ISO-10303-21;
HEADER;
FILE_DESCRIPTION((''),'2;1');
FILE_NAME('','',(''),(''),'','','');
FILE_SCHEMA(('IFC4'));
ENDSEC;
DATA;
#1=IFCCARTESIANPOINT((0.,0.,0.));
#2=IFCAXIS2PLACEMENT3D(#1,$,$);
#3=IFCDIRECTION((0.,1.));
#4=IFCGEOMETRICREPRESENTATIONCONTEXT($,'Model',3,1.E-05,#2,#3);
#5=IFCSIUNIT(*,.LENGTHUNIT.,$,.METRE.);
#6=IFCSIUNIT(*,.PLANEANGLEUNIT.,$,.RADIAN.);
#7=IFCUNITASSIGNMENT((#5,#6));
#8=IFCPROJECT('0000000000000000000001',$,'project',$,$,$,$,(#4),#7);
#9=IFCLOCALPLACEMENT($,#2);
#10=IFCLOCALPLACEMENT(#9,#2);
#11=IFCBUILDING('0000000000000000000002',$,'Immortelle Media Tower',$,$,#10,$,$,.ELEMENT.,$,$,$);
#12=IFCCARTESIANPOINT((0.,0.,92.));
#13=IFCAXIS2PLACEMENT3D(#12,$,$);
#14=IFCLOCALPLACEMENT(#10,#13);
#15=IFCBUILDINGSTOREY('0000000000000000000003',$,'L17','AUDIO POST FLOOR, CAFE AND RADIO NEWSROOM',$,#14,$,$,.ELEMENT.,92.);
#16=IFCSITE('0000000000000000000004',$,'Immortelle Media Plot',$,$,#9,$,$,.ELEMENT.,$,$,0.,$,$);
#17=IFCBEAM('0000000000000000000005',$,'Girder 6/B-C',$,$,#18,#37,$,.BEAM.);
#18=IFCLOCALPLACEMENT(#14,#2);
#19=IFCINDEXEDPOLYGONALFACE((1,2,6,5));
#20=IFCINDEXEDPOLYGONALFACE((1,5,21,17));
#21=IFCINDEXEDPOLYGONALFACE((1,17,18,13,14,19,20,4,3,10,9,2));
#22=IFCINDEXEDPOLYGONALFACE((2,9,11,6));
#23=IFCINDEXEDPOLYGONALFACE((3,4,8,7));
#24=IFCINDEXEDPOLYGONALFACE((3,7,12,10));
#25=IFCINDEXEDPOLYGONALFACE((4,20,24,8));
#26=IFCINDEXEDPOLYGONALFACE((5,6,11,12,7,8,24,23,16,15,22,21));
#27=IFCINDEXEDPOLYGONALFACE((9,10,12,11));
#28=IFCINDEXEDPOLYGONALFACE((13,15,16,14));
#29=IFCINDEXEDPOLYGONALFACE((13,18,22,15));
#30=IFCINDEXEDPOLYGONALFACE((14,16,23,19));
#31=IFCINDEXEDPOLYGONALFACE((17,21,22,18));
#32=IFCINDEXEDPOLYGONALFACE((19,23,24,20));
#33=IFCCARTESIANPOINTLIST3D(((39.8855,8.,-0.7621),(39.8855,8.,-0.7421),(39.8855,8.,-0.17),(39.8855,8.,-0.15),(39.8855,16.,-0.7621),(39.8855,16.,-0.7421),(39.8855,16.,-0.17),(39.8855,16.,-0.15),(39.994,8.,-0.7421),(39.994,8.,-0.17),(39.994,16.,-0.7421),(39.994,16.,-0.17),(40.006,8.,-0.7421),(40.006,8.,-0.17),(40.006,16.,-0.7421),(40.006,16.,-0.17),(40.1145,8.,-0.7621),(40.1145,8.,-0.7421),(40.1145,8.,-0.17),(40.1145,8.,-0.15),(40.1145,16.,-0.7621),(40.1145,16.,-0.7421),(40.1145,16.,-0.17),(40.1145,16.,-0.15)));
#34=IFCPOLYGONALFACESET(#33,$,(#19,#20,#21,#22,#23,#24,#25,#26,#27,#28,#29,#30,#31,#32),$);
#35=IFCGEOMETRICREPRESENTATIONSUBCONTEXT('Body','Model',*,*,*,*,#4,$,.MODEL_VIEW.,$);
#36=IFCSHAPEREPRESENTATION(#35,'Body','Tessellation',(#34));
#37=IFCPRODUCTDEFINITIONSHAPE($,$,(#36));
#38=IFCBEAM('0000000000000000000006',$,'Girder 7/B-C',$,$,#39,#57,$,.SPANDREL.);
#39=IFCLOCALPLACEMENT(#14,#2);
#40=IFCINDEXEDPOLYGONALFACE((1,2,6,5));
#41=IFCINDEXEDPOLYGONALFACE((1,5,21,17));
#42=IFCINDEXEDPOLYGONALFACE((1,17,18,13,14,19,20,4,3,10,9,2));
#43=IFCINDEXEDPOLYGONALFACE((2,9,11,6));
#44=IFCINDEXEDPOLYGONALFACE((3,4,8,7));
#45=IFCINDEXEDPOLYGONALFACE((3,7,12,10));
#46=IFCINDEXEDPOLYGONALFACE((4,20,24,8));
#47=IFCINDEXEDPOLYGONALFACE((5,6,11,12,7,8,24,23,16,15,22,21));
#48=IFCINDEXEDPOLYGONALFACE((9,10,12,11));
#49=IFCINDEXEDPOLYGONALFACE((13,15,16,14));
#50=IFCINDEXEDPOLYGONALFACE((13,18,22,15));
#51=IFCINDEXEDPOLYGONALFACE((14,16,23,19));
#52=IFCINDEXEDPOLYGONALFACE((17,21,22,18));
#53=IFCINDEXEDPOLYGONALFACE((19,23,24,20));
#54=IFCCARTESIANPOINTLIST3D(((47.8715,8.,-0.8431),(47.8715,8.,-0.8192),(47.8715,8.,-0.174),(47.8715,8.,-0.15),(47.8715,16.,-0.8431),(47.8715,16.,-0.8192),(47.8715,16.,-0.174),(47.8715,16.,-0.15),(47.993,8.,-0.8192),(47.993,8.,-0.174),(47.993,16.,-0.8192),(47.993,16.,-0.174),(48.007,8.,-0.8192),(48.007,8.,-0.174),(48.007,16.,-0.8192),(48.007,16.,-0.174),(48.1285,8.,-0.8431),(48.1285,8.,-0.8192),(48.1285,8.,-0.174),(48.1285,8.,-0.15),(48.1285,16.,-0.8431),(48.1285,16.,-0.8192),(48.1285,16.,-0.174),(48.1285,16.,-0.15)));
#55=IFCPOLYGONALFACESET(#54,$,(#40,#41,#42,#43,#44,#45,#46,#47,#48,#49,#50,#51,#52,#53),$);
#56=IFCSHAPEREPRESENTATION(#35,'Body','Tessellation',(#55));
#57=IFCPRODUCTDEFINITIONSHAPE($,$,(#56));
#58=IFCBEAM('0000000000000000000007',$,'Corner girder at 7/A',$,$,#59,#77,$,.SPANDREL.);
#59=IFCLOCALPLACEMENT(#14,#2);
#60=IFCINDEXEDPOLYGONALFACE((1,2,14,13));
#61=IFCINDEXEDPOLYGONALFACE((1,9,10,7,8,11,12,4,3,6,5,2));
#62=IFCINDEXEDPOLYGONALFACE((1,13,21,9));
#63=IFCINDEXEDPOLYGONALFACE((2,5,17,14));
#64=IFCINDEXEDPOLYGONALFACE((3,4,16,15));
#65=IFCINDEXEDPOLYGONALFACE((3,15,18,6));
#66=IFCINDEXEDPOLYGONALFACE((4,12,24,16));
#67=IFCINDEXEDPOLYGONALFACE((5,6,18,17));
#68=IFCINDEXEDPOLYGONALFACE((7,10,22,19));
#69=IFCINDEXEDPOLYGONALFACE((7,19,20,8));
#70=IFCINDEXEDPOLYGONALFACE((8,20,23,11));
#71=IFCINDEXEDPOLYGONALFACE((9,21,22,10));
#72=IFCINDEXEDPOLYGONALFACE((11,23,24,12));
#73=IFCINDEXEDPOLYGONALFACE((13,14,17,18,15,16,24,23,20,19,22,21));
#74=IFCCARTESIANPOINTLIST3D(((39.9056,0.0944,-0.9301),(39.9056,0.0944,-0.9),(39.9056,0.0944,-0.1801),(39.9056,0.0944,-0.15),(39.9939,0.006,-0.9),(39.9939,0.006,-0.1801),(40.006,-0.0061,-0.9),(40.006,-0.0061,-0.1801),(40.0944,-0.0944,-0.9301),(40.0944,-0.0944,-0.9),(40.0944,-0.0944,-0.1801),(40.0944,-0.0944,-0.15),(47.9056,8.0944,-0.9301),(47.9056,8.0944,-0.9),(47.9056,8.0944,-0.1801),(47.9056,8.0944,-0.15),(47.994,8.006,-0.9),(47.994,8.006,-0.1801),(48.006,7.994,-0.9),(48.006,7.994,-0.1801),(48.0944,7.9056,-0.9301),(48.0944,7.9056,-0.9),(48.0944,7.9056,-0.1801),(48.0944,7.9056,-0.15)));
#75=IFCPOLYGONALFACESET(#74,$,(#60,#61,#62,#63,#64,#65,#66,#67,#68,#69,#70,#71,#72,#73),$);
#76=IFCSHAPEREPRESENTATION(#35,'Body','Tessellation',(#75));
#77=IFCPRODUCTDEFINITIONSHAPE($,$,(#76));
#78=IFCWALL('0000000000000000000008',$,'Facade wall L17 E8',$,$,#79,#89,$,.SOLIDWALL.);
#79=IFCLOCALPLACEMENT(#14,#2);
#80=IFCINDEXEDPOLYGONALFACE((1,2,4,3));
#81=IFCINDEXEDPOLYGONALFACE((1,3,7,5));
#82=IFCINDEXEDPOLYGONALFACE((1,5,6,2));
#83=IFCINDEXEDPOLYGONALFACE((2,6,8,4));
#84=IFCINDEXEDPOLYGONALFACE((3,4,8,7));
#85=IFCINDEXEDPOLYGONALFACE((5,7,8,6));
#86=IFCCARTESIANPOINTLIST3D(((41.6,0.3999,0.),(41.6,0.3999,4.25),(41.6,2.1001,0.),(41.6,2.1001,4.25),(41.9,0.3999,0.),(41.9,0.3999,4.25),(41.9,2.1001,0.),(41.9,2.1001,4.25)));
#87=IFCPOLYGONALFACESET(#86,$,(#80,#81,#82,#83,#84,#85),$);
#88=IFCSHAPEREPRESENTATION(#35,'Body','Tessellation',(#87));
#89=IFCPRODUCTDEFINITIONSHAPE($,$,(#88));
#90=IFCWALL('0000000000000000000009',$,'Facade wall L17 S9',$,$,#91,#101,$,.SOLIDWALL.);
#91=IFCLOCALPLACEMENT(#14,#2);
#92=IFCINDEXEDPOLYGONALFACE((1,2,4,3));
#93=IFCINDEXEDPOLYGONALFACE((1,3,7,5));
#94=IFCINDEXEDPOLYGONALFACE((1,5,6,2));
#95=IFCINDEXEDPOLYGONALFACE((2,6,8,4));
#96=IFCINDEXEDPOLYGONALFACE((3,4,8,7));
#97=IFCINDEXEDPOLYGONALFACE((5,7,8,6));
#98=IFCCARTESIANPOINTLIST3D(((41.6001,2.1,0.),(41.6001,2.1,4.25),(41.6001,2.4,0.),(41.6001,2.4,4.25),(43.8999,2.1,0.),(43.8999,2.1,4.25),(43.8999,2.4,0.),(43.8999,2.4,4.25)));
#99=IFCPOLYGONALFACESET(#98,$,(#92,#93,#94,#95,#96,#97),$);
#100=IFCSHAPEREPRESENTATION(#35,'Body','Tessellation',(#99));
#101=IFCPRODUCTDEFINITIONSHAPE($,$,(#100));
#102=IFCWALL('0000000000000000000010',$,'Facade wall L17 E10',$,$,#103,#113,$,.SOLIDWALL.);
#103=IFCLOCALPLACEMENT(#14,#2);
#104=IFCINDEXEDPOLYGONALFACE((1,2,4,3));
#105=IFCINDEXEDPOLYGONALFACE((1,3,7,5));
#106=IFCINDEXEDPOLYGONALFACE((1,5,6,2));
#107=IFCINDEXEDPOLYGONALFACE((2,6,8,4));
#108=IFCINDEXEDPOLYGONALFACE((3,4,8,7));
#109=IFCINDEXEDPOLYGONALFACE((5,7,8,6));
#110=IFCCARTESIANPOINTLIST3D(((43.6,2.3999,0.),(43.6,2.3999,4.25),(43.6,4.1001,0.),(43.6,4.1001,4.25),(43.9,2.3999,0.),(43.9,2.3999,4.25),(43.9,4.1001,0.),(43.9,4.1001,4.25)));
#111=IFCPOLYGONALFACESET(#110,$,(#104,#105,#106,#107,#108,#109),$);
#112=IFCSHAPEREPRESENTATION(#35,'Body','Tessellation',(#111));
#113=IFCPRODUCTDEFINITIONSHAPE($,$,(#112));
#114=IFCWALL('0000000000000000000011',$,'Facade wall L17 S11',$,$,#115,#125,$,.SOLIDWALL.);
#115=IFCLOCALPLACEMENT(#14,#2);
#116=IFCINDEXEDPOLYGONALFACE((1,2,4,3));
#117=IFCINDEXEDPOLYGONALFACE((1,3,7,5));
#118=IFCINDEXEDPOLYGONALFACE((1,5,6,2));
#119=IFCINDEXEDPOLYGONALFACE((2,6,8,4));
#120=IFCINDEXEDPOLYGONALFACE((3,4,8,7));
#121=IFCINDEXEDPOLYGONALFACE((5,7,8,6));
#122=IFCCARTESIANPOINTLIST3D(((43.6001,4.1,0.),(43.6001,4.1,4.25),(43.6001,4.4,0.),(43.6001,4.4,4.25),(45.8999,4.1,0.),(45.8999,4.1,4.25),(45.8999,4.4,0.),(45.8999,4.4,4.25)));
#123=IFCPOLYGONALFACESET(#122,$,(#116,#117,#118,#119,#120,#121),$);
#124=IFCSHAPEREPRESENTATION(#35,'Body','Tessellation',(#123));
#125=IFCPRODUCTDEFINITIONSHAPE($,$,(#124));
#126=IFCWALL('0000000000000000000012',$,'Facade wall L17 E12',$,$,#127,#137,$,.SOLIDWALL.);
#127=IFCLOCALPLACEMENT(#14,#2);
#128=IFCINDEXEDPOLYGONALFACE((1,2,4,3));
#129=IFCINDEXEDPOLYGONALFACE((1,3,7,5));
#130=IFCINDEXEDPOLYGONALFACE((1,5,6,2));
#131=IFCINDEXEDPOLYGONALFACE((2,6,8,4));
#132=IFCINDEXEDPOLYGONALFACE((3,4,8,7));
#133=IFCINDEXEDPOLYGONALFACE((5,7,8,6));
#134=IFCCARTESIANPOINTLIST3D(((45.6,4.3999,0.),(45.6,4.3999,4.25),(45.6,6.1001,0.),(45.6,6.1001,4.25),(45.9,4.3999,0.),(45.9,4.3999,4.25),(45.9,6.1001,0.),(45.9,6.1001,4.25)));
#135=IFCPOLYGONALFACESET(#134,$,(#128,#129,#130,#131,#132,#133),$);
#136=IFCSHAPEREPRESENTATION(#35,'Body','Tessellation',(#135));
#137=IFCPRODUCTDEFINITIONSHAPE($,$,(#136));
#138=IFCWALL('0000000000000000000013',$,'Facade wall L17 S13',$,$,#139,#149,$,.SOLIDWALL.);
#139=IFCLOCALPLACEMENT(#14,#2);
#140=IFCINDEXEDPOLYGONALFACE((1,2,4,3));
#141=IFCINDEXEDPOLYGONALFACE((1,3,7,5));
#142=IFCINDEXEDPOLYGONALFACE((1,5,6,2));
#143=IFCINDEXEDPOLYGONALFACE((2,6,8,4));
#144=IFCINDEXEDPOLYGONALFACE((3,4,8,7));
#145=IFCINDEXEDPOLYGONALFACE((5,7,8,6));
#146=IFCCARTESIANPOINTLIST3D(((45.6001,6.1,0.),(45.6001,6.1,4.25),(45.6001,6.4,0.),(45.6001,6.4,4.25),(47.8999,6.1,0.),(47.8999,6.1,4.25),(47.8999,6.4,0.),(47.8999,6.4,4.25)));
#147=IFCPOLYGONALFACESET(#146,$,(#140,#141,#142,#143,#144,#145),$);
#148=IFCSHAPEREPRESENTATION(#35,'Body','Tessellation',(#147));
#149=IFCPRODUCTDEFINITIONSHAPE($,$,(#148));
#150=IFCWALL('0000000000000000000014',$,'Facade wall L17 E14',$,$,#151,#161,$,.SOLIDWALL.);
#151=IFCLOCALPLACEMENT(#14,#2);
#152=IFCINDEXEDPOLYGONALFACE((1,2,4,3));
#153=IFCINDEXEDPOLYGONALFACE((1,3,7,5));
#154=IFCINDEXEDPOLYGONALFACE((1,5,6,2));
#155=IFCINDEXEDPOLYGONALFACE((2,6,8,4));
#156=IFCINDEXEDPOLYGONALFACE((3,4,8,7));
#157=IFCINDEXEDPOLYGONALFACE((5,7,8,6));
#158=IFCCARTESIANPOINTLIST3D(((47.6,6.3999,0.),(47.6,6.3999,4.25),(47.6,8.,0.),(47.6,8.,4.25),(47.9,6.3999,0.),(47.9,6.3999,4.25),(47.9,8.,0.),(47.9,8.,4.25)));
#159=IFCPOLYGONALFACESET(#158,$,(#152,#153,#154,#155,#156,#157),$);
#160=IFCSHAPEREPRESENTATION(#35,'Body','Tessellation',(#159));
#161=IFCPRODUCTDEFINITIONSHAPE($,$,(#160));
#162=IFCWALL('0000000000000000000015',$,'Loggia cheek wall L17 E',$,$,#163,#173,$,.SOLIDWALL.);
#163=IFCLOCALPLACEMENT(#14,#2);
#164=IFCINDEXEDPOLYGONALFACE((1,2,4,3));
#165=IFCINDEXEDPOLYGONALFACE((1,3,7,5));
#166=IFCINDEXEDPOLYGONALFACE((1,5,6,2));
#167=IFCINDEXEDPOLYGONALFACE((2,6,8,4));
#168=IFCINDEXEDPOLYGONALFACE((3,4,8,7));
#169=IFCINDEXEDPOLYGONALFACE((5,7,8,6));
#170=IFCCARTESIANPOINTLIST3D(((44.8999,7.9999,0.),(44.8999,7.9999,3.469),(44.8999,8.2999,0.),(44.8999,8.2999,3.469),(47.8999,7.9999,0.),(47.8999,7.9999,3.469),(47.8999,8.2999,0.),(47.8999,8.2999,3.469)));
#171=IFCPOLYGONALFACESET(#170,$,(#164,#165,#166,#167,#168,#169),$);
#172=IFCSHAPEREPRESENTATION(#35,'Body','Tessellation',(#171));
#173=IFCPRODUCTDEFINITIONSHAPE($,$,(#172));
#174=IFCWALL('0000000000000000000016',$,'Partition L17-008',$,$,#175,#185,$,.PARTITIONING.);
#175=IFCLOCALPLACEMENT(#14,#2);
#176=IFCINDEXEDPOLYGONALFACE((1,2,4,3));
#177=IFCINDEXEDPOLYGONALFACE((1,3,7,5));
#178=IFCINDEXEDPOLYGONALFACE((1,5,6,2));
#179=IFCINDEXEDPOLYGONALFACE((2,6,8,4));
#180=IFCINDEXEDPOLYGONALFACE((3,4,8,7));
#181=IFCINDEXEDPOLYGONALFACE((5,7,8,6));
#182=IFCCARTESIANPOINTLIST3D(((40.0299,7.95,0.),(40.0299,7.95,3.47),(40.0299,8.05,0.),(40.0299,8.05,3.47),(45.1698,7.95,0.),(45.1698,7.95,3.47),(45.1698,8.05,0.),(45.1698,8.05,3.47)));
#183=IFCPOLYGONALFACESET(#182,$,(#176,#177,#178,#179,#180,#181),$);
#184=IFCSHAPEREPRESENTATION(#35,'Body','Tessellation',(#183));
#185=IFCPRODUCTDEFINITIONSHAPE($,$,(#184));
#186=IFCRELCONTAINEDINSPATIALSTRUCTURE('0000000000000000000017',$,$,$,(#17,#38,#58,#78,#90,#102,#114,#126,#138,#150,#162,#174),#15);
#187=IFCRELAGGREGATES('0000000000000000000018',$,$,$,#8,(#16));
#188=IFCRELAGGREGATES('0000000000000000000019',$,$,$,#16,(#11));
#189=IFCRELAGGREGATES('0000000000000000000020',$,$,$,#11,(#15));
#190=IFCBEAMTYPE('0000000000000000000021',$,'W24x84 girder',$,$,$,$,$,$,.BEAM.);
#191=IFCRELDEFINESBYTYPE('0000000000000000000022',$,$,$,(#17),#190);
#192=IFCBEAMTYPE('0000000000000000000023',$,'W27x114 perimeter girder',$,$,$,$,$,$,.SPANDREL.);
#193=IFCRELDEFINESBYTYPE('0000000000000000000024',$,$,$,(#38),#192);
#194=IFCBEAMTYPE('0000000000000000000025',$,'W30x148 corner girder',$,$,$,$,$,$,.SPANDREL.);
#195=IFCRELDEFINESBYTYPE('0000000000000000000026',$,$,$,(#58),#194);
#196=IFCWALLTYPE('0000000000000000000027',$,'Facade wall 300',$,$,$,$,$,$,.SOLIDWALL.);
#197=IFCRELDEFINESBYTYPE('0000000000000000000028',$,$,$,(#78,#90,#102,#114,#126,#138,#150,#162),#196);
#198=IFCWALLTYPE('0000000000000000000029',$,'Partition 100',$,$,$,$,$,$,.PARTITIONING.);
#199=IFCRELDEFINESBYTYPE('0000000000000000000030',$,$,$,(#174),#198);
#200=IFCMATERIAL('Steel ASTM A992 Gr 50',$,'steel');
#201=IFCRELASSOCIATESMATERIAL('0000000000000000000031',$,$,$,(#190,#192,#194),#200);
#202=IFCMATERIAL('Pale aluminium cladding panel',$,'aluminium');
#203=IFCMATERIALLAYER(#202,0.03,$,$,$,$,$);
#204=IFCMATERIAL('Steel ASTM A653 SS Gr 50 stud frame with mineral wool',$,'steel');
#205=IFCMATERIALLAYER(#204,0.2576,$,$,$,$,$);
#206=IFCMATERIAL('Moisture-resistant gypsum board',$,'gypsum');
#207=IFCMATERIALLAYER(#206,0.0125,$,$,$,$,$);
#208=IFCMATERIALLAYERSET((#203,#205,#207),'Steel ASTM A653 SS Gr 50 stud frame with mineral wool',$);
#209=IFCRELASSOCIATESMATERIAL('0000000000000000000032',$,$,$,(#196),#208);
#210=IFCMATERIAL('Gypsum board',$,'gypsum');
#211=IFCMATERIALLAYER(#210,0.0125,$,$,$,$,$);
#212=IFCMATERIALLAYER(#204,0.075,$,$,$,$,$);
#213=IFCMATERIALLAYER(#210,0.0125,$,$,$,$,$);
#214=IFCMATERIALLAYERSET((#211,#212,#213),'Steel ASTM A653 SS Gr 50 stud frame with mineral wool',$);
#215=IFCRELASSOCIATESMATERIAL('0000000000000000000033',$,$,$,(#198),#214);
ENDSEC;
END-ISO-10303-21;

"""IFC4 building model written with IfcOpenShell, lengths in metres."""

from ifc_helpers import new_model, si_unit, direction, frame, frame_2d, origin, origin_2d, place, context, subcontext, project, spatial, rectangle, i_section, extrude, material, layer, layer_set, material_profile, profile_set, type_object, element, save


model = new_model("IFC4")

# Units and contexts
model_context = context("Model", 3, precision=1e-05, world=origin(), true_north=direction((0.0, 1.0)))
body_context = subcontext(model_context, "Body", "Model", "MODEL_VIEW")
ifc_project = project(units=[si_unit("LENGTHUNIT", "METRE"), si_unit("PLANEANGLEUNIT", "RADIAN")], contexts=[model_context])

# Site, building, storey
site_placement = place(None, origin())
site = spatial("IfcSite", under=ifc_project, at=site_placement, Name="Immortelle Media Plot", CompositionType="ELEMENT", RefElevation=0.0)
building_placement = place(site_placement, origin())
building = spatial("IfcBuilding", under=site, at=building_placement, Name="Immortelle Media Tower", CompositionType="ELEMENT")
storey_placement = place(building_placement, frame((0.0, 0.0, 92.0)))
storey = spatial("IfcBuildingStorey", under=building, at=storey_placement, Name="L17", Description="AUDIO POST FLOOR, CAFE AND RADIO NEWSROOM", CompositionType="ELEMENT", Elevation=92.0)

# Shared definitions
ifc_material_1 = material(Name="Steel ASTM A992 Gr 50", Category="steel")

# Beams
ifc_material_profile_1 = material_profile(ifc_material_1, i_section(OverallWidth=0.229, OverallDepth=0.6121, WebThickness=0.012, FlangeThickness=0.02, at=origin_2d()), Name="W24x84")
ifc_profile_set_1 = profile_set([ifc_material_profile_1], Name="Steel ASTM A992 Gr 50")
beam_type_1 = type_object("IfcBeamType", Name="W24x84 girder", PredefinedType="BEAM", material=ifc_profile_set_1)
for number, where, z_axis, x_axis, name in (
    (1, (40.0, 8.0, -0.4561), (0.0, 1.0, 0.0), (-1.0, 0.0, 0.0), "Girder 6/B-C"),
):
    element("IfcBeam", number, at=place(storey_placement, frame(where, z_axis=z_axis, x_axis=x_axis)), inside=storey, type_object=beam_type_1, Name=name, PredefinedType="BEAM", context=body_context, shape_type="SweptSolid", body=[
        extrude(i_section(OverallWidth=0.229, OverallDepth=0.6121, WebThickness=0.012, FlangeThickness=0.02, at=origin_2d()), origin(), (0.0, 0.0, 1.0), 8.0),
    ])
ifc_material_profile_2 = material_profile(ifc_material_1, i_section(OverallWidth=0.2571, OverallDepth=0.6931, WebThickness=0.0139, FlangeThickness=0.0239, at=origin_2d()), Name="W27x114")
ifc_profile_set_2 = profile_set([ifc_material_profile_2], Name="Steel ASTM A992 Gr 50")
beam_type_2 = type_object("IfcBeamType", Name="W27x114 perimeter girder", PredefinedType="SPANDREL", material=ifc_profile_set_2)
beam_1_placement = place(storey_placement, frame((48.0, 8.0, -0.4966), z_axis=(0.0, 1.0, 0.0), x_axis=(-1.0, 0.0, 0.0)))
element("IfcBeam", 2, at=beam_1_placement, inside=storey, type_object=beam_type_2, Name="Girder 7/B-C", PredefinedType="SPANDREL", context=body_context, shape_type="SweptSolid", body=[
    extrude(i_section(OverallWidth=0.2571, OverallDepth=0.6931, WebThickness=0.0139, FlangeThickness=0.0239, at=origin_2d()), origin(), (0.0, 0.0, 1.0), 8.0),
])
ifc_material_profile_3 = material_profile(ifc_material_1, i_section(OverallWidth=0.2671, OverallDepth=0.78, WebThickness=0.0171, FlangeThickness=0.03, at=origin_2d()), Name="W30x148")
ifc_profile_set_3 = profile_set([ifc_material_profile_3], Name="Steel ASTM A992 Gr 50")
beam_type_3 = type_object("IfcBeamType", Name="W30x148 corner girder", PredefinedType="SPANDREL", material=ifc_profile_set_3)
beam_2_placement = place(storey_placement, frame((48.0, 8.0, -0.54), z_axis=(-0.707107, -0.707107, 0.0), x_axis=(0.707107, -0.707107, 0.0)))
element("IfcBeam", 3, at=beam_2_placement, inside=storey, type_object=beam_type_3, Name="Corner girder at 7/A", PredefinedType="SPANDREL", context=body_context, shape_type="SweptSolid", body=[
    extrude(i_section(OverallWidth=0.2671, OverallDepth=0.78, WebThickness=0.0171, FlangeThickness=0.03, at=origin_2d()), origin(), (0.0, 0.0, 1.0), 11.3137),
])

# Walls
ifc_material_2 = material(Name="Pale aluminium cladding panel", Category="aluminium")
ifc_layer_1 = layer(ifc_material_2, 0.03)
ifc_material_3 = material(Name="Steel ASTM A653 SS Gr 50 stud frame with mineral wool", Category="steel")
ifc_layer_2 = layer(ifc_material_3, 0.2576)
ifc_material_4 = material(Name="Moisture-resistant gypsum board", Category="gypsum")
ifc_layer_3 = layer(ifc_material_4, 0.0125)
ifc_layer_set_1 = layer_set([ifc_layer_1, ifc_layer_2, ifc_layer_3], Name="Steel ASTM A653 SS Gr 50 stud frame with mineral wool")
wall_type_1 = type_object("IfcWallType", Name="Facade wall 300", PredefinedType="SOLIDWALL", material=ifc_layer_set_1)
wall_1_placement = place(storey_placement, frame((41.75, 0.3999, 0.0), z_axis=(0.0, 0.0, 1.0), x_axis=(0.0, 1.0, 0.0)))
element("IfcWall", 4, at=wall_1_placement, inside=storey, type_object=wall_type_1, Name="Facade wall L17 E8", PredefinedType="SOLIDWALL", context=body_context, shape_type="SweptSolid", body=[
    extrude(rectangle(XDim=1.7002, YDim=0.3, at=frame_2d((0.8501, 0.0))), origin(), (0.0, 0.0, 1.0), 4.25),
])
wall_2_placement = place(storey_placement, frame((41.6001, 2.25, 0.0), z_axis=(0.0, 0.0, 1.0), x_axis=(1.0, 0.0, 0.0)))
element("IfcWall", 5, at=wall_2_placement, inside=storey, type_object=wall_type_1, Name="Facade wall L17 S9", PredefinedType="SOLIDWALL", context=body_context, shape_type="SweptSolid", body=[
    extrude(rectangle(XDim=2.2998, YDim=0.3, at=frame_2d((1.1499, 0.0))), origin(), (0.0, 0.0, 1.0), 4.25),
])
wall_3_placement = place(storey_placement, frame((43.75, 2.3999, 0.0), z_axis=(0.0, 0.0, 1.0), x_axis=(0.0, 1.0, 0.0)))
element("IfcWall", 6, at=wall_3_placement, inside=storey, type_object=wall_type_1, Name="Facade wall L17 E10", PredefinedType="SOLIDWALL", context=body_context, shape_type="SweptSolid", body=[
    extrude(rectangle(XDim=1.7002, YDim=0.3, at=frame_2d((0.8501, 0.0))), origin(), (0.0, 0.0, 1.0), 4.25),
])
wall_4_placement = place(storey_placement, frame((43.6001, 4.25, 0.0), z_axis=(0.0, 0.0, 1.0), x_axis=(1.0, 0.0, 0.0)))
element("IfcWall", 7, at=wall_4_placement, inside=storey, type_object=wall_type_1, Name="Facade wall L17 S11", PredefinedType="SOLIDWALL", context=body_context, shape_type="SweptSolid", body=[
    extrude(rectangle(XDim=2.2998, YDim=0.3, at=frame_2d((1.1499, 0.0))), origin(), (0.0, 0.0, 1.0), 4.25),
])
wall_5_placement = place(storey_placement, frame((45.75, 4.3999, 0.0), z_axis=(0.0, 0.0, 1.0), x_axis=(0.0, 1.0, 0.0)))
element("IfcWall", 8, at=wall_5_placement, inside=storey, type_object=wall_type_1, Name="Facade wall L17 E12", PredefinedType="SOLIDWALL", context=body_context, shape_type="SweptSolid", body=[
    extrude(rectangle(XDim=1.7002, YDim=0.3, at=frame_2d((0.8501, 0.0))), origin(), (0.0, 0.0, 1.0), 4.25),
])
wall_6_placement = place(storey_placement, frame((45.6001, 6.25, 0.0), z_axis=(0.0, 0.0, 1.0), x_axis=(1.0, 0.0, 0.0)))
element("IfcWall", 9, at=wall_6_placement, inside=storey, type_object=wall_type_1, Name="Facade wall L17 S13", PredefinedType="SOLIDWALL", context=body_context, shape_type="SweptSolid", body=[
    extrude(rectangle(XDim=2.2998, YDim=0.3, at=frame_2d((1.1499, 0.0))), origin(), (0.0, 0.0, 1.0), 4.25),
])
wall_7_placement = place(storey_placement, frame((47.75, 6.3999, 0.0), z_axis=(0.0, 0.0, 1.0), x_axis=(0.0, 1.0, 0.0)))
element("IfcWall", 10, at=wall_7_placement, inside=storey, type_object=wall_type_1, Name="Facade wall L17 E14", PredefinedType="SOLIDWALL", context=body_context, shape_type="SweptSolid", body=[
    extrude(rectangle(XDim=1.6001, YDim=0.3, at=frame_2d((0.8, 0.0))), origin(), (0.0, 0.0, 1.0), 4.25),
])

# Walls
wall_8_placement = place(storey_placement, frame((47.8999, 8.1499, 0.0), z_axis=(0.0, 0.0, 1.0), x_axis=(-1.0, 0.0, 0.0)))
element("IfcWall", 11, at=wall_8_placement, inside=storey, type_object=wall_type_1, Name="Loggia cheek wall L17 E", PredefinedType="SOLIDWALL", context=body_context, shape_type="SweptSolid", body=[
    extrude(rectangle(XDim=3.0, YDim=0.3, at=frame_2d((1.5, 0.0))), origin(), (0.0, 0.0, 1.0), 3.469),
])
ifc_material_5 = material(Name="Gypsum board", Category="gypsum")
ifc_layer_4 = layer(ifc_material_5, 0.0125)
ifc_layer_5 = layer(ifc_material_3, 0.075)
ifc_layer_6 = layer(ifc_material_5, 0.0125)
ifc_layer_set_2 = layer_set([ifc_layer_4, ifc_layer_5, ifc_layer_6], Name="Steel ASTM A653 SS Gr 50 stud frame with mineral wool")
wall_type_2 = type_object("IfcWallType", Name="Partition 100", PredefinedType="PARTITIONING", material=ifc_layer_set_2)
wall_9_placement = place(storey_placement, frame((40.03, 8.0, 0.0), z_axis=(0.0, 0.0, 1.0), x_axis=(1.0, 0.0, 0.0)))
element("IfcWall", 12, at=wall_9_placement, inside=storey, type_object=wall_type_2, Name="Partition L17-008", PredefinedType="PARTITIONING", context=body_context, shape_type="SweptSolid", body=[
    extrude(rectangle(XDim=5.1399, YDim=0.1001, at=frame_2d((2.5698, 0.0))), origin(), (0.0, 0.0, 1.0), 3.47),
])

save(model, "model.ifc")
